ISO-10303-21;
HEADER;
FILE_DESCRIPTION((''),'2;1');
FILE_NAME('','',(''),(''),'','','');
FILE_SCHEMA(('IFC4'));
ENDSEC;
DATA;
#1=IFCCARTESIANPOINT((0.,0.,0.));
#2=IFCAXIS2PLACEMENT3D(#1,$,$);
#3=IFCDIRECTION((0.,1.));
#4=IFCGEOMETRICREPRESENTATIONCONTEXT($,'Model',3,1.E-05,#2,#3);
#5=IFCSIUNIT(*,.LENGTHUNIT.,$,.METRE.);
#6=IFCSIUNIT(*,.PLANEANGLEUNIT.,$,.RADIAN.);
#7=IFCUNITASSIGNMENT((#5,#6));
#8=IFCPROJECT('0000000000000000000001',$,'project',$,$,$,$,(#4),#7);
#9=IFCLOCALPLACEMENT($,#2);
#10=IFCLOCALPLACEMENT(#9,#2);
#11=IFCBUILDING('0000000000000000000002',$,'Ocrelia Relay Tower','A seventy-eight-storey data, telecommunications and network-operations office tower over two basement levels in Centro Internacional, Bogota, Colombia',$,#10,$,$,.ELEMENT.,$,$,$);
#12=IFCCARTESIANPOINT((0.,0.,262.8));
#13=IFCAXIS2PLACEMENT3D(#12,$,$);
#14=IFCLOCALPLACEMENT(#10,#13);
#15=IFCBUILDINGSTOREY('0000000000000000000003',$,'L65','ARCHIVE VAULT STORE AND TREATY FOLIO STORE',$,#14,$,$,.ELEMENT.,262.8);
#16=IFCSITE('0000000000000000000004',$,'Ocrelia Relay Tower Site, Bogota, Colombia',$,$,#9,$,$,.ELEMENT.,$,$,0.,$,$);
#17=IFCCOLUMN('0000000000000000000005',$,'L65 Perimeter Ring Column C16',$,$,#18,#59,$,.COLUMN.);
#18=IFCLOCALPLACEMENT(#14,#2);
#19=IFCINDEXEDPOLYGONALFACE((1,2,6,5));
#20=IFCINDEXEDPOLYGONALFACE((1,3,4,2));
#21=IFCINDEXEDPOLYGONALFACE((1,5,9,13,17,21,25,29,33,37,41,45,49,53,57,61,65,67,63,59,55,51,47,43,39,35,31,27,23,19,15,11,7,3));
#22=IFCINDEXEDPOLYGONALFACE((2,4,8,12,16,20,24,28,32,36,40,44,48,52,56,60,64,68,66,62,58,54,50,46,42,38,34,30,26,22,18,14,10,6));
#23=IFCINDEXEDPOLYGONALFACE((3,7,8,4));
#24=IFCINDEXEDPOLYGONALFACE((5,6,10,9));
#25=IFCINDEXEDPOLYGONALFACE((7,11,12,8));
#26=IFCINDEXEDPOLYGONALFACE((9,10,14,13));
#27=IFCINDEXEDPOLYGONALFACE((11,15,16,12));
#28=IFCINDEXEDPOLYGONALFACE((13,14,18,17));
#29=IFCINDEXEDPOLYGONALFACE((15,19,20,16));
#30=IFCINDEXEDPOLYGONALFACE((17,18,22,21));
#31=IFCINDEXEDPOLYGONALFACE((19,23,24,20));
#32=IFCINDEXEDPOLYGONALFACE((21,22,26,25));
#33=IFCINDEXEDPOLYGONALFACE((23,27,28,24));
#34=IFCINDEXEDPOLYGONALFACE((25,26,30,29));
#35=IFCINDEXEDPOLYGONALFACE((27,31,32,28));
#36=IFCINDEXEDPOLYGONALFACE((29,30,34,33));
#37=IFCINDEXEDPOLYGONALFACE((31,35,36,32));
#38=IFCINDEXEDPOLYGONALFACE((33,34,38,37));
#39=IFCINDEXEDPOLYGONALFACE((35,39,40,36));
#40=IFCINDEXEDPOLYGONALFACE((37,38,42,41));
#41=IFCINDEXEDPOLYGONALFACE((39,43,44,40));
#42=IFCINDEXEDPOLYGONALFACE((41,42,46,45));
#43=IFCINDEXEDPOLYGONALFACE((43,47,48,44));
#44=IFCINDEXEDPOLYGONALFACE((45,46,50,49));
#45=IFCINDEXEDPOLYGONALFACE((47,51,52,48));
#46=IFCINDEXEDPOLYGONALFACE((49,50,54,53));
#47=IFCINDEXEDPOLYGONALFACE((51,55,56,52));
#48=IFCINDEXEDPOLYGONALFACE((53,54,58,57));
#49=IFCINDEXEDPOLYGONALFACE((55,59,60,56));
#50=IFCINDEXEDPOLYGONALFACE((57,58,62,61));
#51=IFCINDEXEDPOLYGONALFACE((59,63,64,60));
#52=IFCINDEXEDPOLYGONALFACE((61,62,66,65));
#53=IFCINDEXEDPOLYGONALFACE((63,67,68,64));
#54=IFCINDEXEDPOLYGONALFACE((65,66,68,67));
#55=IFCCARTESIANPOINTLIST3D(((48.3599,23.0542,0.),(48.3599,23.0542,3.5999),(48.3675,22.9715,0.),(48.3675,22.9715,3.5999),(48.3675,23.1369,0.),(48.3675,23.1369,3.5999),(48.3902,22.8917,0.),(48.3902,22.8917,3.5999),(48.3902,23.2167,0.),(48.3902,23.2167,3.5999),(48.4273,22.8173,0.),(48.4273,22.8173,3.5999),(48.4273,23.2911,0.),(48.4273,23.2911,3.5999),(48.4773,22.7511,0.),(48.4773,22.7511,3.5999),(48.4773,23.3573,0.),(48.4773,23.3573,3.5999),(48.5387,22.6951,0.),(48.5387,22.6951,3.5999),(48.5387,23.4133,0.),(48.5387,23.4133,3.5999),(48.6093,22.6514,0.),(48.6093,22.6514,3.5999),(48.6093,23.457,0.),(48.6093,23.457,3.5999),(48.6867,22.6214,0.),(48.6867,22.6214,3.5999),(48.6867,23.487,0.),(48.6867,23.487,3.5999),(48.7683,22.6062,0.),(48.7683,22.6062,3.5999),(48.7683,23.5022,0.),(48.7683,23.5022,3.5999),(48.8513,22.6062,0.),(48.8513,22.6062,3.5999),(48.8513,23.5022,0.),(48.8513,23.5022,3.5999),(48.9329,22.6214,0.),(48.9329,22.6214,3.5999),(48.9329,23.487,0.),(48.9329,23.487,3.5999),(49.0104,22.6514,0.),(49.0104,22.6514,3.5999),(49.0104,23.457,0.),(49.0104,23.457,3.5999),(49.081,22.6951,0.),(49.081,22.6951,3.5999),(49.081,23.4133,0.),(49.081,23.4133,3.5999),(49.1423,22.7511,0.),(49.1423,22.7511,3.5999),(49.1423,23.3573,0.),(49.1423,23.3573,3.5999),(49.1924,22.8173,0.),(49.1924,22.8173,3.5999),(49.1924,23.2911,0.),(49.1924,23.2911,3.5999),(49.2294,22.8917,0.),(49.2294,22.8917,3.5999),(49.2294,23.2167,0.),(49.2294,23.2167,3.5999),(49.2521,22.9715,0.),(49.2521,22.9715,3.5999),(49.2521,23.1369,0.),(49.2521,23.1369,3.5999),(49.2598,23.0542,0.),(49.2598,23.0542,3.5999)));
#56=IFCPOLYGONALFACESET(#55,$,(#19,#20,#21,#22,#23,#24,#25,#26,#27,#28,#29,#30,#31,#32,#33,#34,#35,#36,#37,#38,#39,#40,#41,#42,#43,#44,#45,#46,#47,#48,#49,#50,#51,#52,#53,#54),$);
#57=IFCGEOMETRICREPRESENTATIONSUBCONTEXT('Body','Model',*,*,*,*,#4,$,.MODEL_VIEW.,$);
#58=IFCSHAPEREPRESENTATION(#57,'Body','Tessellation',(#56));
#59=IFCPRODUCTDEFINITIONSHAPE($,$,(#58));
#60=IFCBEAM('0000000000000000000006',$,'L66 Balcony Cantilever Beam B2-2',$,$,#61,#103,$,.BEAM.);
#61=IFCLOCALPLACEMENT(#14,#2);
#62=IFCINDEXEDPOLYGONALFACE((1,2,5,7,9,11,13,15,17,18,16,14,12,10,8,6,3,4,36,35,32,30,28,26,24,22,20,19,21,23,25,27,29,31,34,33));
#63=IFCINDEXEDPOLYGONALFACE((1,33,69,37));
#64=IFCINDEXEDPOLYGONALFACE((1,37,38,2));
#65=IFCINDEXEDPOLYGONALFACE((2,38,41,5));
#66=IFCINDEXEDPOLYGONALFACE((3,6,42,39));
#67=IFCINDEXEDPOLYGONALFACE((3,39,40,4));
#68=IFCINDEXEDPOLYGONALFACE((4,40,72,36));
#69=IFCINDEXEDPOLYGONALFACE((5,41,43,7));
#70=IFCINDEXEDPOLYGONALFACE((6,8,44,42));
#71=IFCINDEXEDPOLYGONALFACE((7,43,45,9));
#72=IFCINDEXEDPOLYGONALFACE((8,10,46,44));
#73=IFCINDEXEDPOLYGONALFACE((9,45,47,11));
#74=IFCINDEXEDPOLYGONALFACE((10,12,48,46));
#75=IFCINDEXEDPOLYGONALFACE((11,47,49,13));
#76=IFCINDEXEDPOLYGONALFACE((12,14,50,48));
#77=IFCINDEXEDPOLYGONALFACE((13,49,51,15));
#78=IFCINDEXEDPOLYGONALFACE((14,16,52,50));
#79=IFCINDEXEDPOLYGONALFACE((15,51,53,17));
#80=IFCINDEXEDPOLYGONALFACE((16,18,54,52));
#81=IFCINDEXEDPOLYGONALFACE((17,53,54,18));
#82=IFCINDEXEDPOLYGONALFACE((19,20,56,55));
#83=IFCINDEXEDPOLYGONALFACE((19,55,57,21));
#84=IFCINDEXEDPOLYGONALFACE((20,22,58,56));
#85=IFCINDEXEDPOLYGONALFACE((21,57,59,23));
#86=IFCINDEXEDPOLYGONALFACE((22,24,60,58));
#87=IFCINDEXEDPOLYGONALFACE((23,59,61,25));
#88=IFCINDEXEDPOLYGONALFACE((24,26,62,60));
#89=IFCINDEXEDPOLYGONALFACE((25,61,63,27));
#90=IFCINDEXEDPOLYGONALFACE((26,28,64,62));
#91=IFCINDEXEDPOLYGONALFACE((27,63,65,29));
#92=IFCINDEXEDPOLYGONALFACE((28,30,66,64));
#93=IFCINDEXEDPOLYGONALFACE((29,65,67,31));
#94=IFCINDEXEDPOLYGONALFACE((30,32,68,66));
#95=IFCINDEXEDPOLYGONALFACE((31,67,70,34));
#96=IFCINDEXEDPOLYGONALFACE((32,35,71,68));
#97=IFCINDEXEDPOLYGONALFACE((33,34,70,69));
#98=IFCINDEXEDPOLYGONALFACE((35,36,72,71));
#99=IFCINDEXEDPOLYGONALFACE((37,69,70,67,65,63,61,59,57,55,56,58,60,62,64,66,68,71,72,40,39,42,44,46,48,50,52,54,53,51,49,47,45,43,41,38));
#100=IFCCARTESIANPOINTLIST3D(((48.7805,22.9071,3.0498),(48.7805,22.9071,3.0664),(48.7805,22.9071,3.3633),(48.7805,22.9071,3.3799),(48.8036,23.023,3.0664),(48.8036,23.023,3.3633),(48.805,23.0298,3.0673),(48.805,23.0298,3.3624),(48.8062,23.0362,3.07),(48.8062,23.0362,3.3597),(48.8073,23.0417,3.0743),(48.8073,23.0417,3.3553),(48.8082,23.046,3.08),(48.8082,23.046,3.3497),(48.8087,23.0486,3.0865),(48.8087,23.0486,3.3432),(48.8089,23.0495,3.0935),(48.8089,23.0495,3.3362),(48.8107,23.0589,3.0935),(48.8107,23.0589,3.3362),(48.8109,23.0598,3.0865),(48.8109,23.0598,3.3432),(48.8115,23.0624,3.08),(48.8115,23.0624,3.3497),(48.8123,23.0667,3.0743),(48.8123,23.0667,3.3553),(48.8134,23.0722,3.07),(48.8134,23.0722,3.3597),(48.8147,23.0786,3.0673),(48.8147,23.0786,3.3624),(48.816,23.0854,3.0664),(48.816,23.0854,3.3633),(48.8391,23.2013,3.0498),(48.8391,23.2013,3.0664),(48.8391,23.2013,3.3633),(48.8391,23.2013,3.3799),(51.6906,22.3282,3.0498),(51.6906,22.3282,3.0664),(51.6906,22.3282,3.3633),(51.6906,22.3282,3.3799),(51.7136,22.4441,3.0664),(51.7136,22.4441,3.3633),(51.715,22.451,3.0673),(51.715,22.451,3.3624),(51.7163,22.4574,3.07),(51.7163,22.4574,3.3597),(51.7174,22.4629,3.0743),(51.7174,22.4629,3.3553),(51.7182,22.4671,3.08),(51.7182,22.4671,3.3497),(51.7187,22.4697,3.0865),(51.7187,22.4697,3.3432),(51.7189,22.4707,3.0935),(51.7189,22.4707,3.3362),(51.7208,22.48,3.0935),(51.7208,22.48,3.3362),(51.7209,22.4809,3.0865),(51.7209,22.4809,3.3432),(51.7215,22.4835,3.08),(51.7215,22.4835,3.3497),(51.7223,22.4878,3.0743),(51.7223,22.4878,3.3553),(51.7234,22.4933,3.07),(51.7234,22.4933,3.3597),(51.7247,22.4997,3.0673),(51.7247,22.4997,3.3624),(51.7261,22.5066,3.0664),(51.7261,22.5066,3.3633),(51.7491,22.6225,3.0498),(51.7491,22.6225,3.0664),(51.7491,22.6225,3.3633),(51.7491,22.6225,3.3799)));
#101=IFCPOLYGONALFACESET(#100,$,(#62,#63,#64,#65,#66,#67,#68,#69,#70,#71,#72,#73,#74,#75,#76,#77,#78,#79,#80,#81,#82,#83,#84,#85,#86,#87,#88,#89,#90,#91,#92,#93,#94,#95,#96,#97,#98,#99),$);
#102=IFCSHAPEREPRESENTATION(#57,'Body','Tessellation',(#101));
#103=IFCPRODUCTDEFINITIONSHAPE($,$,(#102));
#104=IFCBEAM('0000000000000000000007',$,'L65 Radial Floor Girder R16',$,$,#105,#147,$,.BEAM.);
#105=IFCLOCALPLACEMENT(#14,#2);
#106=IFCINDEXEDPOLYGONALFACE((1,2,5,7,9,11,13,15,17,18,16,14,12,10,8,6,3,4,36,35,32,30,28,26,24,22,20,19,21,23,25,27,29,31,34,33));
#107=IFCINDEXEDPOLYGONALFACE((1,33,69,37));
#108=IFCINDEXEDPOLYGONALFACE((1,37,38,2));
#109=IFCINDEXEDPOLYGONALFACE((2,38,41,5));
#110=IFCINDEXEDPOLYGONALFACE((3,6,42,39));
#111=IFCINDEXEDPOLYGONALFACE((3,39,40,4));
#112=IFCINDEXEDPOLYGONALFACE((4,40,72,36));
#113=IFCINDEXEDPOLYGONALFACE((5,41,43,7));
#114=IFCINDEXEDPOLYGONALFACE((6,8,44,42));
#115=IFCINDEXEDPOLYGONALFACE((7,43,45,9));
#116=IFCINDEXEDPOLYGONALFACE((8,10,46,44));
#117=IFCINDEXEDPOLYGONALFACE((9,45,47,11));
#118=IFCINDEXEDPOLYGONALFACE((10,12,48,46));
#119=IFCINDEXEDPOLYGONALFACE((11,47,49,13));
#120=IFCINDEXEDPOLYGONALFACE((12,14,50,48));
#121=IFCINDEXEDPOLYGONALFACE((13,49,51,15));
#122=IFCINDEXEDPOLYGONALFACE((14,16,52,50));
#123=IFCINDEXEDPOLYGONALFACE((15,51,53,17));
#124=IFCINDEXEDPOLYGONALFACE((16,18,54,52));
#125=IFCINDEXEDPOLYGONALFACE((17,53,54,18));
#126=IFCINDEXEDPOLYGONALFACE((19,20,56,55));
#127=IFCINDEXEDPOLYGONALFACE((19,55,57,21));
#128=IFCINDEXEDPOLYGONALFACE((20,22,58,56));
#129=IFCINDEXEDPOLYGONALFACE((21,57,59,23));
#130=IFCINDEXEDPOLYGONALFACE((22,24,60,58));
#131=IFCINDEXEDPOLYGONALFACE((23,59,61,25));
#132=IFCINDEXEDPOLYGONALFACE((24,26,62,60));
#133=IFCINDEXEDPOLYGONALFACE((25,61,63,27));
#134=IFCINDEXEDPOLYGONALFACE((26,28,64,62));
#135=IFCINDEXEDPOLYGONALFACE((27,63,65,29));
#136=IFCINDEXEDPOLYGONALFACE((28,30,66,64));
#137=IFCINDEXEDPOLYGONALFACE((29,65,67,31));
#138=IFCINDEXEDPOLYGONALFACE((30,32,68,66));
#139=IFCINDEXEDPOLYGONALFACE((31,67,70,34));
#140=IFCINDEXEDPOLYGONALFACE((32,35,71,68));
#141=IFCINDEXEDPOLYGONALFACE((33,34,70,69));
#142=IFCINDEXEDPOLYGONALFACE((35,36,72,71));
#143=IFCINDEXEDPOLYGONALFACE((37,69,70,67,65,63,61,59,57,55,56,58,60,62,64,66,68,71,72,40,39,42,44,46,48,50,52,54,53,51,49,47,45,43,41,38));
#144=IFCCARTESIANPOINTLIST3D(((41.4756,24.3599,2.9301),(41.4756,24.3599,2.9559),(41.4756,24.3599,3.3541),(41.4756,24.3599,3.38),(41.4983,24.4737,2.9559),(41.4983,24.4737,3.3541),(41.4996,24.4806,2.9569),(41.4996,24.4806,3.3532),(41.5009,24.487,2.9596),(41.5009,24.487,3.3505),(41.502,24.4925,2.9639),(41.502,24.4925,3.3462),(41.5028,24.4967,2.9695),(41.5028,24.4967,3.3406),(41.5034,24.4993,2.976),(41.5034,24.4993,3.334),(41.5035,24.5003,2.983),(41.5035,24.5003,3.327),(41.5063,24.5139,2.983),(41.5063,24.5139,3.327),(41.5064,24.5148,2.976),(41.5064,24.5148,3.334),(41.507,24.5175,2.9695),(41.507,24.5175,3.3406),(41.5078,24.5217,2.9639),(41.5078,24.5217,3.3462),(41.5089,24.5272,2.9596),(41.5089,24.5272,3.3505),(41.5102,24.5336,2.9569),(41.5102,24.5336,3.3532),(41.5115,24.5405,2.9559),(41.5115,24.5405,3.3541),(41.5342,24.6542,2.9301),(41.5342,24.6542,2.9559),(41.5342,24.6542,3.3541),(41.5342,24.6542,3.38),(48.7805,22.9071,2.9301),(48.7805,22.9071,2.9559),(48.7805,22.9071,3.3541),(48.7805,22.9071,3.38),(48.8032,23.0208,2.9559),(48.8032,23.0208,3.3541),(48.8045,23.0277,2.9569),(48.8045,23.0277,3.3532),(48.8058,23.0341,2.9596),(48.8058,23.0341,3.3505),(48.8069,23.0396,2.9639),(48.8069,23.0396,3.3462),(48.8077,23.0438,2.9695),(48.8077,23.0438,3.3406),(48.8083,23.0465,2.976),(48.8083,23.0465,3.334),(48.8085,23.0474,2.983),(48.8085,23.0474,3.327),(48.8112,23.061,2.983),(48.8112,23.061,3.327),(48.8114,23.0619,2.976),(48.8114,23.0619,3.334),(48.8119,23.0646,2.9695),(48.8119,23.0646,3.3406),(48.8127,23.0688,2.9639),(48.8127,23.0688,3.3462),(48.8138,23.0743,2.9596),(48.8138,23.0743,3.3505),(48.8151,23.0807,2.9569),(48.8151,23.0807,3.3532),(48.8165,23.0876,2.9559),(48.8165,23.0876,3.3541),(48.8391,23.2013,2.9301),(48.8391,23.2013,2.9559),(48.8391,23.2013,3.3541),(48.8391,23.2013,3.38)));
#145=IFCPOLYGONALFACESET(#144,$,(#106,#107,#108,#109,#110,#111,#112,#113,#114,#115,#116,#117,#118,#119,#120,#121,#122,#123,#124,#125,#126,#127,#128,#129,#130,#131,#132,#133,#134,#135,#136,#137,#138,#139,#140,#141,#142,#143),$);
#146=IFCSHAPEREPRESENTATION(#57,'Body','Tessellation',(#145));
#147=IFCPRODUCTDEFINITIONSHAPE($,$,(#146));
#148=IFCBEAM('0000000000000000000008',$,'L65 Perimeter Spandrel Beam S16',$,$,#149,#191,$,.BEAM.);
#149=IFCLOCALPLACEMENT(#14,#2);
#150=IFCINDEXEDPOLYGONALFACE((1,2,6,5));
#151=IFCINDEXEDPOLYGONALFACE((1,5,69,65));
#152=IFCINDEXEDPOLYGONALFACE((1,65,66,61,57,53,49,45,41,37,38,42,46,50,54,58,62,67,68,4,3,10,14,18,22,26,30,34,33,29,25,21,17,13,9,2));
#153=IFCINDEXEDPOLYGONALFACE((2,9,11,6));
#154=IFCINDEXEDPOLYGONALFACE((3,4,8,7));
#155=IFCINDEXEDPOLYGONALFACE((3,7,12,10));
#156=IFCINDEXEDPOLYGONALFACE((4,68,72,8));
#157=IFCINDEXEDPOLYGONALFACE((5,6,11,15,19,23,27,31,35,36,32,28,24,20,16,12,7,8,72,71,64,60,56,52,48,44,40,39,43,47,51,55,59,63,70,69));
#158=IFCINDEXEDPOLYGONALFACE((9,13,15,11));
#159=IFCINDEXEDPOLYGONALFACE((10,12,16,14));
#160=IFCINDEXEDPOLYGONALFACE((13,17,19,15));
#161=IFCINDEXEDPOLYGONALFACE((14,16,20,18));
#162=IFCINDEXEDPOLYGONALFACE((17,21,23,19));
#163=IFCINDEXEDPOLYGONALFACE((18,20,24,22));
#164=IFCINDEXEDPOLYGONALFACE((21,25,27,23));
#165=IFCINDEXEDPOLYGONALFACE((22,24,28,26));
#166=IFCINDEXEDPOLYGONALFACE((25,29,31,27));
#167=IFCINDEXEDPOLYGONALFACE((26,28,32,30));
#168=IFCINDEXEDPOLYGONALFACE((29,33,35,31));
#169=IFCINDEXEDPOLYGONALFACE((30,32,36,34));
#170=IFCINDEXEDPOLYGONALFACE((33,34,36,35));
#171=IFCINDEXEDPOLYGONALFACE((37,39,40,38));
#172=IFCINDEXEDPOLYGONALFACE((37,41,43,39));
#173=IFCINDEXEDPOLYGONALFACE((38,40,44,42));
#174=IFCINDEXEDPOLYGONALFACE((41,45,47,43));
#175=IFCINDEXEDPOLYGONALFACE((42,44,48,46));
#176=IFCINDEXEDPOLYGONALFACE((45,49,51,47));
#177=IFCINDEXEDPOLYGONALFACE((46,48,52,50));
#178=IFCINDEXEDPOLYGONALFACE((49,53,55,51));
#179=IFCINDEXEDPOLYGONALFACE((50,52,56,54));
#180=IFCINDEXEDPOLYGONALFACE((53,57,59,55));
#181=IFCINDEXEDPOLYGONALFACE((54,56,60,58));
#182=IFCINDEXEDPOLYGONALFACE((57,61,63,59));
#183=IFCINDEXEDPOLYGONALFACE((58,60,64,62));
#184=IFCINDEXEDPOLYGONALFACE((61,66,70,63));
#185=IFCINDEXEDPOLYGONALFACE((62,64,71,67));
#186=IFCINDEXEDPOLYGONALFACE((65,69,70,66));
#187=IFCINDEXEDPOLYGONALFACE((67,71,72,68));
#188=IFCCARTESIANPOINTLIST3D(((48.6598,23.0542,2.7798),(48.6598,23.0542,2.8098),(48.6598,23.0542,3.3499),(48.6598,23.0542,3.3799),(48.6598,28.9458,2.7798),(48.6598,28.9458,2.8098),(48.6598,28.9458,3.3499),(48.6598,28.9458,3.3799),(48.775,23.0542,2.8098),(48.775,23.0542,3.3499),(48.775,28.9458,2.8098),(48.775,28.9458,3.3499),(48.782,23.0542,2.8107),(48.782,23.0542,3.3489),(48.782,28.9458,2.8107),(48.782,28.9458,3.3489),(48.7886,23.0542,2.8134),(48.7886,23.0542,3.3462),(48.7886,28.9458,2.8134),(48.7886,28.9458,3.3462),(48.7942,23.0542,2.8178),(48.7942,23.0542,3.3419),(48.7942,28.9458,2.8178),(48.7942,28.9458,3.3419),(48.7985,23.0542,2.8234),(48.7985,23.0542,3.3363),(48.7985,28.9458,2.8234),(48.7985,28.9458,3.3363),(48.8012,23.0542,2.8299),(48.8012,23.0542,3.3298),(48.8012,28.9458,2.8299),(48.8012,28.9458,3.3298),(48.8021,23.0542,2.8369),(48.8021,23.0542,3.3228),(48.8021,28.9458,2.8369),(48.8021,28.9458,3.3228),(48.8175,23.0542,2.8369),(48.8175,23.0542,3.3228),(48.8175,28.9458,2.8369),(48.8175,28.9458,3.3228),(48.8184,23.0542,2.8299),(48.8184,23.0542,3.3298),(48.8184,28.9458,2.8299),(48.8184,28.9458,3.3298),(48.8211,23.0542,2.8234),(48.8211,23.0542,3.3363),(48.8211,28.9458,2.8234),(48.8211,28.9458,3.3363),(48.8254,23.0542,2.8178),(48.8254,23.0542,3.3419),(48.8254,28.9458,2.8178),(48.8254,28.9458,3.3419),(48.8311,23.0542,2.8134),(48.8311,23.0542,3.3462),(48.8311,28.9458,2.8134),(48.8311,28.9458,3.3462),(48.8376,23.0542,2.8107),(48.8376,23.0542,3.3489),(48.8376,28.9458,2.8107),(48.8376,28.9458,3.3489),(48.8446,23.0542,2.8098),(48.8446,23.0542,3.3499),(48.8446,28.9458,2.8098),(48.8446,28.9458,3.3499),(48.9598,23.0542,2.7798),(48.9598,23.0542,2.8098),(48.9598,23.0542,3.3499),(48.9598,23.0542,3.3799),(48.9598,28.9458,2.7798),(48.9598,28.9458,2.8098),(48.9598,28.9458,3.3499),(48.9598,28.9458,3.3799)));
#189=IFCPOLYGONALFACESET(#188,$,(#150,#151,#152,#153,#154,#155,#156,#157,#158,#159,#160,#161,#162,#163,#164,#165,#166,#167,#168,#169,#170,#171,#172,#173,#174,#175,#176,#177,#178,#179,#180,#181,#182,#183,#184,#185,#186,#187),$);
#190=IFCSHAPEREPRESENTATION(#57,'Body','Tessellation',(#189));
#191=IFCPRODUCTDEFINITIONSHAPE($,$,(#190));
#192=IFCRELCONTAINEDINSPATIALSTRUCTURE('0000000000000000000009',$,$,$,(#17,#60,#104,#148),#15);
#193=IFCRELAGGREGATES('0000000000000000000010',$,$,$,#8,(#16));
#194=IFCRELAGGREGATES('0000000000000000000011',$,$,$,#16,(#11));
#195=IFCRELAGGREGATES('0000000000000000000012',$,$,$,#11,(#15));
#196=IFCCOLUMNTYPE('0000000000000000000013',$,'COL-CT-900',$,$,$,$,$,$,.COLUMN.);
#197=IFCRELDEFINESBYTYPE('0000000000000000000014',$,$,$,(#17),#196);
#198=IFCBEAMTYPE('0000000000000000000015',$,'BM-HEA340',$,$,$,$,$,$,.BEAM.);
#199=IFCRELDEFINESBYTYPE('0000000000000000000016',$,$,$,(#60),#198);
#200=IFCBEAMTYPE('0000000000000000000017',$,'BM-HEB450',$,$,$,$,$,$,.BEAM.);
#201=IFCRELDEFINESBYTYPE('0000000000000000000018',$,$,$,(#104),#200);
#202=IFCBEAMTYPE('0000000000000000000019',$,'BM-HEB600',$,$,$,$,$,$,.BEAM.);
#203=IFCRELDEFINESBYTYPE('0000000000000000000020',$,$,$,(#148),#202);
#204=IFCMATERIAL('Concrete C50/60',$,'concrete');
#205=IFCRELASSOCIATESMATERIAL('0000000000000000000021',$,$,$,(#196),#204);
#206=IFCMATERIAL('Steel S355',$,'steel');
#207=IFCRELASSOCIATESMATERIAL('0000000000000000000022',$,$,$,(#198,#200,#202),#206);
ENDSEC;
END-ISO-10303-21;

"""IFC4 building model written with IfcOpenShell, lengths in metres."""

from ifc_helpers import new_model, si_unit, direction, frame, origin, origin_2d, place, context, subcontext, project, spatial, circle, i_section, extrude, material, material_profile, profile_set, type_object, element, save


model = new_model("IFC4")

# Units and contexts
model_context = context("Model", 3, precision=1e-05, world=origin(), true_north=direction((0.0, 1.0)))
body_context = subcontext(model_context, "Body", "Model", "MODEL_VIEW")
ifc_project = project(units=[si_unit("LENGTHUNIT", "METRE"), si_unit("PLANEANGLEUNIT", "RADIAN")], contexts=[model_context])

# Site, building, storey
site_placement = place(None, origin())
site = spatial("IfcSite", under=ifc_project, at=site_placement, Name="Ocrelia Relay Tower Site, Bogota, Colombia", CompositionType="ELEMENT", RefElevation=0.0)
building_placement = place(site_placement, origin())
building = spatial("IfcBuilding", under=site, at=building_placement, Name="Ocrelia Relay Tower", Description="A seventy-eight-storey data, telecommunications and network-operations office tower over two basement levels in Centro Internacional, Bogota, Colombia", CompositionType="ELEMENT")
storey_placement = place(building_placement, frame((0.0, 0.0, 262.8)))
storey = spatial("IfcBuildingStorey", under=building, at=storey_placement, Name="L65", Description="ARCHIVE VAULT STORE AND TREATY FOLIO STORE", CompositionType="ELEMENT", Elevation=262.8)

# Column
ifc_material_1 = material(Name="Concrete C50/60", Category="concrete")
ifc_material_profile_1 = material_profile(ifc_material_1, circle(Radius=0.45, at=origin_2d()), Name="RC-CIR-900")
ifc_profile_set_1 = profile_set([ifc_material_profile_1], Name="Concrete C50/60")
column_type = type_object("IfcColumnType", Name="COL-CT-900", PredefinedType="COLUMN", material=ifc_profile_set_1)
column_placement = place(storey_placement, frame((48.8098, 23.0542, 0.0), z_axis=(0.0, 0.0, 1.0), x_axis=(1.0, 0.0, 0.0)))
element("IfcColumn", 1, at=column_placement, inside=storey, type_object=column_type, Name="L65 Perimeter Ring Column C16", PredefinedType="COLUMN", context=body_context, shape_type="SweptSolid", body=[
    extrude(circle(Radius=0.45, at=origin_2d()), origin(), (0.0, 0.0, 1.0), 3.5999),
])

# Beams
ifc_material_2 = material(Name="Steel S355", Category="steel")
ifc_material_profile_2 = material_profile(ifc_material_2, i_section(OverallWidth=0.3, OverallDepth=0.3301, WebThickness=0.0095, FlangeThickness=0.0166, FilletRadius=0.0271, at=origin_2d()), Name="HEA 340")
ifc_profile_set_2 = profile_set([ifc_material_profile_2], Name="Steel S355")
beam_type_1 = type_object("IfcBeamType", Name="BM-HEA340", PredefinedType="BEAM", material=ifc_profile_set_2)
beam_1_placement = place(storey_placement, frame((48.8098, 23.0542, 3.2148), z_axis=(0.980783, -0.195103, 0.0), x_axis=(0.195103, 0.980783, 0.0)))
element("IfcBeam", 2, at=beam_1_placement, inside=storey, type_object=beam_type_1, Name="L66 Balcony Cantilever Beam B2-2", PredefinedType="BEAM", context=body_context, shape_type="SweptSolid", body=[
    extrude(i_section(OverallWidth=0.3, OverallDepth=0.3301, WebThickness=0.0095, FlangeThickness=0.0166, FilletRadius=0.0271, at=origin_2d()), origin(), (0.0, 0.0, 1.0), 2.967),
])
ifc_material_profile_3 = material_profile(ifc_material_2, i_section(OverallWidth=0.3, OverallDepth=0.45, WebThickness=0.0139, FlangeThickness=0.0259, FilletRadius=0.0271, at=origin_2d()), Name="HEB 450")
ifc_profile_set_3 = profile_set([ifc_material_profile_3], Name="Steel S355")
beam_type_2 = type_object("IfcBeamType", Name="BM-HEB450", PredefinedType="BEAM", material=ifc_profile_set_3)
beam_2_placement = place(storey_placement, frame((48.8098, 23.0542, 3.155), z_axis=(-0.980789, 0.19507, 0.0), x_axis=(-0.19507, -0.980789, 0.0)))
element("IfcBeam", 3, at=beam_2_placement, inside=storey, type_object=beam_type_2, Name="L65 Radial Floor Girder R16", PredefinedType="BEAM", context=body_context, shape_type="SweptSolid", body=[
    extrude(i_section(OverallWidth=0.3, OverallDepth=0.45, WebThickness=0.0139, FlangeThickness=0.0259, FilletRadius=0.0271, at=origin_2d()), origin(), (0.0, 0.0, 1.0), 7.448),
])
ifc_material_profile_4 = material_profile(ifc_material_2, i_section(OverallWidth=0.3, OverallDepth=0.6001, WebThickness=0.0154, FlangeThickness=0.03, FilletRadius=0.0271, at=origin_2d()), Name="HEB 600")
ifc_profile_set_4 = profile_set([ifc_material_profile_4], Name="Steel S355")
beam_type_3 = type_object("IfcBeamType", Name="BM-HEB600", PredefinedType="BEAM", material=ifc_profile_set_4)
beam_3_placement = place(storey_placement, frame((48.8098, 23.0542, 3.0798), z_axis=(0.0, 1.0, 0.0), x_axis=(-1.0, 0.0, 0.0)))
element("IfcBeam", 4, at=beam_3_placement, inside=storey, type_object=beam_type_3, Name="L65 Perimeter Spandrel Beam S16", PredefinedType="BEAM", context=body_context, shape_type="SweptSolid", body=[
    extrude(i_section(OverallWidth=0.3, OverallDepth=0.6001, WebThickness=0.0154, FlangeThickness=0.03, FilletRadius=0.0271, at=origin_2d()), origin(), (0.0, 0.0, 1.0), 5.8916),
])

save(model, "model.ifc")
